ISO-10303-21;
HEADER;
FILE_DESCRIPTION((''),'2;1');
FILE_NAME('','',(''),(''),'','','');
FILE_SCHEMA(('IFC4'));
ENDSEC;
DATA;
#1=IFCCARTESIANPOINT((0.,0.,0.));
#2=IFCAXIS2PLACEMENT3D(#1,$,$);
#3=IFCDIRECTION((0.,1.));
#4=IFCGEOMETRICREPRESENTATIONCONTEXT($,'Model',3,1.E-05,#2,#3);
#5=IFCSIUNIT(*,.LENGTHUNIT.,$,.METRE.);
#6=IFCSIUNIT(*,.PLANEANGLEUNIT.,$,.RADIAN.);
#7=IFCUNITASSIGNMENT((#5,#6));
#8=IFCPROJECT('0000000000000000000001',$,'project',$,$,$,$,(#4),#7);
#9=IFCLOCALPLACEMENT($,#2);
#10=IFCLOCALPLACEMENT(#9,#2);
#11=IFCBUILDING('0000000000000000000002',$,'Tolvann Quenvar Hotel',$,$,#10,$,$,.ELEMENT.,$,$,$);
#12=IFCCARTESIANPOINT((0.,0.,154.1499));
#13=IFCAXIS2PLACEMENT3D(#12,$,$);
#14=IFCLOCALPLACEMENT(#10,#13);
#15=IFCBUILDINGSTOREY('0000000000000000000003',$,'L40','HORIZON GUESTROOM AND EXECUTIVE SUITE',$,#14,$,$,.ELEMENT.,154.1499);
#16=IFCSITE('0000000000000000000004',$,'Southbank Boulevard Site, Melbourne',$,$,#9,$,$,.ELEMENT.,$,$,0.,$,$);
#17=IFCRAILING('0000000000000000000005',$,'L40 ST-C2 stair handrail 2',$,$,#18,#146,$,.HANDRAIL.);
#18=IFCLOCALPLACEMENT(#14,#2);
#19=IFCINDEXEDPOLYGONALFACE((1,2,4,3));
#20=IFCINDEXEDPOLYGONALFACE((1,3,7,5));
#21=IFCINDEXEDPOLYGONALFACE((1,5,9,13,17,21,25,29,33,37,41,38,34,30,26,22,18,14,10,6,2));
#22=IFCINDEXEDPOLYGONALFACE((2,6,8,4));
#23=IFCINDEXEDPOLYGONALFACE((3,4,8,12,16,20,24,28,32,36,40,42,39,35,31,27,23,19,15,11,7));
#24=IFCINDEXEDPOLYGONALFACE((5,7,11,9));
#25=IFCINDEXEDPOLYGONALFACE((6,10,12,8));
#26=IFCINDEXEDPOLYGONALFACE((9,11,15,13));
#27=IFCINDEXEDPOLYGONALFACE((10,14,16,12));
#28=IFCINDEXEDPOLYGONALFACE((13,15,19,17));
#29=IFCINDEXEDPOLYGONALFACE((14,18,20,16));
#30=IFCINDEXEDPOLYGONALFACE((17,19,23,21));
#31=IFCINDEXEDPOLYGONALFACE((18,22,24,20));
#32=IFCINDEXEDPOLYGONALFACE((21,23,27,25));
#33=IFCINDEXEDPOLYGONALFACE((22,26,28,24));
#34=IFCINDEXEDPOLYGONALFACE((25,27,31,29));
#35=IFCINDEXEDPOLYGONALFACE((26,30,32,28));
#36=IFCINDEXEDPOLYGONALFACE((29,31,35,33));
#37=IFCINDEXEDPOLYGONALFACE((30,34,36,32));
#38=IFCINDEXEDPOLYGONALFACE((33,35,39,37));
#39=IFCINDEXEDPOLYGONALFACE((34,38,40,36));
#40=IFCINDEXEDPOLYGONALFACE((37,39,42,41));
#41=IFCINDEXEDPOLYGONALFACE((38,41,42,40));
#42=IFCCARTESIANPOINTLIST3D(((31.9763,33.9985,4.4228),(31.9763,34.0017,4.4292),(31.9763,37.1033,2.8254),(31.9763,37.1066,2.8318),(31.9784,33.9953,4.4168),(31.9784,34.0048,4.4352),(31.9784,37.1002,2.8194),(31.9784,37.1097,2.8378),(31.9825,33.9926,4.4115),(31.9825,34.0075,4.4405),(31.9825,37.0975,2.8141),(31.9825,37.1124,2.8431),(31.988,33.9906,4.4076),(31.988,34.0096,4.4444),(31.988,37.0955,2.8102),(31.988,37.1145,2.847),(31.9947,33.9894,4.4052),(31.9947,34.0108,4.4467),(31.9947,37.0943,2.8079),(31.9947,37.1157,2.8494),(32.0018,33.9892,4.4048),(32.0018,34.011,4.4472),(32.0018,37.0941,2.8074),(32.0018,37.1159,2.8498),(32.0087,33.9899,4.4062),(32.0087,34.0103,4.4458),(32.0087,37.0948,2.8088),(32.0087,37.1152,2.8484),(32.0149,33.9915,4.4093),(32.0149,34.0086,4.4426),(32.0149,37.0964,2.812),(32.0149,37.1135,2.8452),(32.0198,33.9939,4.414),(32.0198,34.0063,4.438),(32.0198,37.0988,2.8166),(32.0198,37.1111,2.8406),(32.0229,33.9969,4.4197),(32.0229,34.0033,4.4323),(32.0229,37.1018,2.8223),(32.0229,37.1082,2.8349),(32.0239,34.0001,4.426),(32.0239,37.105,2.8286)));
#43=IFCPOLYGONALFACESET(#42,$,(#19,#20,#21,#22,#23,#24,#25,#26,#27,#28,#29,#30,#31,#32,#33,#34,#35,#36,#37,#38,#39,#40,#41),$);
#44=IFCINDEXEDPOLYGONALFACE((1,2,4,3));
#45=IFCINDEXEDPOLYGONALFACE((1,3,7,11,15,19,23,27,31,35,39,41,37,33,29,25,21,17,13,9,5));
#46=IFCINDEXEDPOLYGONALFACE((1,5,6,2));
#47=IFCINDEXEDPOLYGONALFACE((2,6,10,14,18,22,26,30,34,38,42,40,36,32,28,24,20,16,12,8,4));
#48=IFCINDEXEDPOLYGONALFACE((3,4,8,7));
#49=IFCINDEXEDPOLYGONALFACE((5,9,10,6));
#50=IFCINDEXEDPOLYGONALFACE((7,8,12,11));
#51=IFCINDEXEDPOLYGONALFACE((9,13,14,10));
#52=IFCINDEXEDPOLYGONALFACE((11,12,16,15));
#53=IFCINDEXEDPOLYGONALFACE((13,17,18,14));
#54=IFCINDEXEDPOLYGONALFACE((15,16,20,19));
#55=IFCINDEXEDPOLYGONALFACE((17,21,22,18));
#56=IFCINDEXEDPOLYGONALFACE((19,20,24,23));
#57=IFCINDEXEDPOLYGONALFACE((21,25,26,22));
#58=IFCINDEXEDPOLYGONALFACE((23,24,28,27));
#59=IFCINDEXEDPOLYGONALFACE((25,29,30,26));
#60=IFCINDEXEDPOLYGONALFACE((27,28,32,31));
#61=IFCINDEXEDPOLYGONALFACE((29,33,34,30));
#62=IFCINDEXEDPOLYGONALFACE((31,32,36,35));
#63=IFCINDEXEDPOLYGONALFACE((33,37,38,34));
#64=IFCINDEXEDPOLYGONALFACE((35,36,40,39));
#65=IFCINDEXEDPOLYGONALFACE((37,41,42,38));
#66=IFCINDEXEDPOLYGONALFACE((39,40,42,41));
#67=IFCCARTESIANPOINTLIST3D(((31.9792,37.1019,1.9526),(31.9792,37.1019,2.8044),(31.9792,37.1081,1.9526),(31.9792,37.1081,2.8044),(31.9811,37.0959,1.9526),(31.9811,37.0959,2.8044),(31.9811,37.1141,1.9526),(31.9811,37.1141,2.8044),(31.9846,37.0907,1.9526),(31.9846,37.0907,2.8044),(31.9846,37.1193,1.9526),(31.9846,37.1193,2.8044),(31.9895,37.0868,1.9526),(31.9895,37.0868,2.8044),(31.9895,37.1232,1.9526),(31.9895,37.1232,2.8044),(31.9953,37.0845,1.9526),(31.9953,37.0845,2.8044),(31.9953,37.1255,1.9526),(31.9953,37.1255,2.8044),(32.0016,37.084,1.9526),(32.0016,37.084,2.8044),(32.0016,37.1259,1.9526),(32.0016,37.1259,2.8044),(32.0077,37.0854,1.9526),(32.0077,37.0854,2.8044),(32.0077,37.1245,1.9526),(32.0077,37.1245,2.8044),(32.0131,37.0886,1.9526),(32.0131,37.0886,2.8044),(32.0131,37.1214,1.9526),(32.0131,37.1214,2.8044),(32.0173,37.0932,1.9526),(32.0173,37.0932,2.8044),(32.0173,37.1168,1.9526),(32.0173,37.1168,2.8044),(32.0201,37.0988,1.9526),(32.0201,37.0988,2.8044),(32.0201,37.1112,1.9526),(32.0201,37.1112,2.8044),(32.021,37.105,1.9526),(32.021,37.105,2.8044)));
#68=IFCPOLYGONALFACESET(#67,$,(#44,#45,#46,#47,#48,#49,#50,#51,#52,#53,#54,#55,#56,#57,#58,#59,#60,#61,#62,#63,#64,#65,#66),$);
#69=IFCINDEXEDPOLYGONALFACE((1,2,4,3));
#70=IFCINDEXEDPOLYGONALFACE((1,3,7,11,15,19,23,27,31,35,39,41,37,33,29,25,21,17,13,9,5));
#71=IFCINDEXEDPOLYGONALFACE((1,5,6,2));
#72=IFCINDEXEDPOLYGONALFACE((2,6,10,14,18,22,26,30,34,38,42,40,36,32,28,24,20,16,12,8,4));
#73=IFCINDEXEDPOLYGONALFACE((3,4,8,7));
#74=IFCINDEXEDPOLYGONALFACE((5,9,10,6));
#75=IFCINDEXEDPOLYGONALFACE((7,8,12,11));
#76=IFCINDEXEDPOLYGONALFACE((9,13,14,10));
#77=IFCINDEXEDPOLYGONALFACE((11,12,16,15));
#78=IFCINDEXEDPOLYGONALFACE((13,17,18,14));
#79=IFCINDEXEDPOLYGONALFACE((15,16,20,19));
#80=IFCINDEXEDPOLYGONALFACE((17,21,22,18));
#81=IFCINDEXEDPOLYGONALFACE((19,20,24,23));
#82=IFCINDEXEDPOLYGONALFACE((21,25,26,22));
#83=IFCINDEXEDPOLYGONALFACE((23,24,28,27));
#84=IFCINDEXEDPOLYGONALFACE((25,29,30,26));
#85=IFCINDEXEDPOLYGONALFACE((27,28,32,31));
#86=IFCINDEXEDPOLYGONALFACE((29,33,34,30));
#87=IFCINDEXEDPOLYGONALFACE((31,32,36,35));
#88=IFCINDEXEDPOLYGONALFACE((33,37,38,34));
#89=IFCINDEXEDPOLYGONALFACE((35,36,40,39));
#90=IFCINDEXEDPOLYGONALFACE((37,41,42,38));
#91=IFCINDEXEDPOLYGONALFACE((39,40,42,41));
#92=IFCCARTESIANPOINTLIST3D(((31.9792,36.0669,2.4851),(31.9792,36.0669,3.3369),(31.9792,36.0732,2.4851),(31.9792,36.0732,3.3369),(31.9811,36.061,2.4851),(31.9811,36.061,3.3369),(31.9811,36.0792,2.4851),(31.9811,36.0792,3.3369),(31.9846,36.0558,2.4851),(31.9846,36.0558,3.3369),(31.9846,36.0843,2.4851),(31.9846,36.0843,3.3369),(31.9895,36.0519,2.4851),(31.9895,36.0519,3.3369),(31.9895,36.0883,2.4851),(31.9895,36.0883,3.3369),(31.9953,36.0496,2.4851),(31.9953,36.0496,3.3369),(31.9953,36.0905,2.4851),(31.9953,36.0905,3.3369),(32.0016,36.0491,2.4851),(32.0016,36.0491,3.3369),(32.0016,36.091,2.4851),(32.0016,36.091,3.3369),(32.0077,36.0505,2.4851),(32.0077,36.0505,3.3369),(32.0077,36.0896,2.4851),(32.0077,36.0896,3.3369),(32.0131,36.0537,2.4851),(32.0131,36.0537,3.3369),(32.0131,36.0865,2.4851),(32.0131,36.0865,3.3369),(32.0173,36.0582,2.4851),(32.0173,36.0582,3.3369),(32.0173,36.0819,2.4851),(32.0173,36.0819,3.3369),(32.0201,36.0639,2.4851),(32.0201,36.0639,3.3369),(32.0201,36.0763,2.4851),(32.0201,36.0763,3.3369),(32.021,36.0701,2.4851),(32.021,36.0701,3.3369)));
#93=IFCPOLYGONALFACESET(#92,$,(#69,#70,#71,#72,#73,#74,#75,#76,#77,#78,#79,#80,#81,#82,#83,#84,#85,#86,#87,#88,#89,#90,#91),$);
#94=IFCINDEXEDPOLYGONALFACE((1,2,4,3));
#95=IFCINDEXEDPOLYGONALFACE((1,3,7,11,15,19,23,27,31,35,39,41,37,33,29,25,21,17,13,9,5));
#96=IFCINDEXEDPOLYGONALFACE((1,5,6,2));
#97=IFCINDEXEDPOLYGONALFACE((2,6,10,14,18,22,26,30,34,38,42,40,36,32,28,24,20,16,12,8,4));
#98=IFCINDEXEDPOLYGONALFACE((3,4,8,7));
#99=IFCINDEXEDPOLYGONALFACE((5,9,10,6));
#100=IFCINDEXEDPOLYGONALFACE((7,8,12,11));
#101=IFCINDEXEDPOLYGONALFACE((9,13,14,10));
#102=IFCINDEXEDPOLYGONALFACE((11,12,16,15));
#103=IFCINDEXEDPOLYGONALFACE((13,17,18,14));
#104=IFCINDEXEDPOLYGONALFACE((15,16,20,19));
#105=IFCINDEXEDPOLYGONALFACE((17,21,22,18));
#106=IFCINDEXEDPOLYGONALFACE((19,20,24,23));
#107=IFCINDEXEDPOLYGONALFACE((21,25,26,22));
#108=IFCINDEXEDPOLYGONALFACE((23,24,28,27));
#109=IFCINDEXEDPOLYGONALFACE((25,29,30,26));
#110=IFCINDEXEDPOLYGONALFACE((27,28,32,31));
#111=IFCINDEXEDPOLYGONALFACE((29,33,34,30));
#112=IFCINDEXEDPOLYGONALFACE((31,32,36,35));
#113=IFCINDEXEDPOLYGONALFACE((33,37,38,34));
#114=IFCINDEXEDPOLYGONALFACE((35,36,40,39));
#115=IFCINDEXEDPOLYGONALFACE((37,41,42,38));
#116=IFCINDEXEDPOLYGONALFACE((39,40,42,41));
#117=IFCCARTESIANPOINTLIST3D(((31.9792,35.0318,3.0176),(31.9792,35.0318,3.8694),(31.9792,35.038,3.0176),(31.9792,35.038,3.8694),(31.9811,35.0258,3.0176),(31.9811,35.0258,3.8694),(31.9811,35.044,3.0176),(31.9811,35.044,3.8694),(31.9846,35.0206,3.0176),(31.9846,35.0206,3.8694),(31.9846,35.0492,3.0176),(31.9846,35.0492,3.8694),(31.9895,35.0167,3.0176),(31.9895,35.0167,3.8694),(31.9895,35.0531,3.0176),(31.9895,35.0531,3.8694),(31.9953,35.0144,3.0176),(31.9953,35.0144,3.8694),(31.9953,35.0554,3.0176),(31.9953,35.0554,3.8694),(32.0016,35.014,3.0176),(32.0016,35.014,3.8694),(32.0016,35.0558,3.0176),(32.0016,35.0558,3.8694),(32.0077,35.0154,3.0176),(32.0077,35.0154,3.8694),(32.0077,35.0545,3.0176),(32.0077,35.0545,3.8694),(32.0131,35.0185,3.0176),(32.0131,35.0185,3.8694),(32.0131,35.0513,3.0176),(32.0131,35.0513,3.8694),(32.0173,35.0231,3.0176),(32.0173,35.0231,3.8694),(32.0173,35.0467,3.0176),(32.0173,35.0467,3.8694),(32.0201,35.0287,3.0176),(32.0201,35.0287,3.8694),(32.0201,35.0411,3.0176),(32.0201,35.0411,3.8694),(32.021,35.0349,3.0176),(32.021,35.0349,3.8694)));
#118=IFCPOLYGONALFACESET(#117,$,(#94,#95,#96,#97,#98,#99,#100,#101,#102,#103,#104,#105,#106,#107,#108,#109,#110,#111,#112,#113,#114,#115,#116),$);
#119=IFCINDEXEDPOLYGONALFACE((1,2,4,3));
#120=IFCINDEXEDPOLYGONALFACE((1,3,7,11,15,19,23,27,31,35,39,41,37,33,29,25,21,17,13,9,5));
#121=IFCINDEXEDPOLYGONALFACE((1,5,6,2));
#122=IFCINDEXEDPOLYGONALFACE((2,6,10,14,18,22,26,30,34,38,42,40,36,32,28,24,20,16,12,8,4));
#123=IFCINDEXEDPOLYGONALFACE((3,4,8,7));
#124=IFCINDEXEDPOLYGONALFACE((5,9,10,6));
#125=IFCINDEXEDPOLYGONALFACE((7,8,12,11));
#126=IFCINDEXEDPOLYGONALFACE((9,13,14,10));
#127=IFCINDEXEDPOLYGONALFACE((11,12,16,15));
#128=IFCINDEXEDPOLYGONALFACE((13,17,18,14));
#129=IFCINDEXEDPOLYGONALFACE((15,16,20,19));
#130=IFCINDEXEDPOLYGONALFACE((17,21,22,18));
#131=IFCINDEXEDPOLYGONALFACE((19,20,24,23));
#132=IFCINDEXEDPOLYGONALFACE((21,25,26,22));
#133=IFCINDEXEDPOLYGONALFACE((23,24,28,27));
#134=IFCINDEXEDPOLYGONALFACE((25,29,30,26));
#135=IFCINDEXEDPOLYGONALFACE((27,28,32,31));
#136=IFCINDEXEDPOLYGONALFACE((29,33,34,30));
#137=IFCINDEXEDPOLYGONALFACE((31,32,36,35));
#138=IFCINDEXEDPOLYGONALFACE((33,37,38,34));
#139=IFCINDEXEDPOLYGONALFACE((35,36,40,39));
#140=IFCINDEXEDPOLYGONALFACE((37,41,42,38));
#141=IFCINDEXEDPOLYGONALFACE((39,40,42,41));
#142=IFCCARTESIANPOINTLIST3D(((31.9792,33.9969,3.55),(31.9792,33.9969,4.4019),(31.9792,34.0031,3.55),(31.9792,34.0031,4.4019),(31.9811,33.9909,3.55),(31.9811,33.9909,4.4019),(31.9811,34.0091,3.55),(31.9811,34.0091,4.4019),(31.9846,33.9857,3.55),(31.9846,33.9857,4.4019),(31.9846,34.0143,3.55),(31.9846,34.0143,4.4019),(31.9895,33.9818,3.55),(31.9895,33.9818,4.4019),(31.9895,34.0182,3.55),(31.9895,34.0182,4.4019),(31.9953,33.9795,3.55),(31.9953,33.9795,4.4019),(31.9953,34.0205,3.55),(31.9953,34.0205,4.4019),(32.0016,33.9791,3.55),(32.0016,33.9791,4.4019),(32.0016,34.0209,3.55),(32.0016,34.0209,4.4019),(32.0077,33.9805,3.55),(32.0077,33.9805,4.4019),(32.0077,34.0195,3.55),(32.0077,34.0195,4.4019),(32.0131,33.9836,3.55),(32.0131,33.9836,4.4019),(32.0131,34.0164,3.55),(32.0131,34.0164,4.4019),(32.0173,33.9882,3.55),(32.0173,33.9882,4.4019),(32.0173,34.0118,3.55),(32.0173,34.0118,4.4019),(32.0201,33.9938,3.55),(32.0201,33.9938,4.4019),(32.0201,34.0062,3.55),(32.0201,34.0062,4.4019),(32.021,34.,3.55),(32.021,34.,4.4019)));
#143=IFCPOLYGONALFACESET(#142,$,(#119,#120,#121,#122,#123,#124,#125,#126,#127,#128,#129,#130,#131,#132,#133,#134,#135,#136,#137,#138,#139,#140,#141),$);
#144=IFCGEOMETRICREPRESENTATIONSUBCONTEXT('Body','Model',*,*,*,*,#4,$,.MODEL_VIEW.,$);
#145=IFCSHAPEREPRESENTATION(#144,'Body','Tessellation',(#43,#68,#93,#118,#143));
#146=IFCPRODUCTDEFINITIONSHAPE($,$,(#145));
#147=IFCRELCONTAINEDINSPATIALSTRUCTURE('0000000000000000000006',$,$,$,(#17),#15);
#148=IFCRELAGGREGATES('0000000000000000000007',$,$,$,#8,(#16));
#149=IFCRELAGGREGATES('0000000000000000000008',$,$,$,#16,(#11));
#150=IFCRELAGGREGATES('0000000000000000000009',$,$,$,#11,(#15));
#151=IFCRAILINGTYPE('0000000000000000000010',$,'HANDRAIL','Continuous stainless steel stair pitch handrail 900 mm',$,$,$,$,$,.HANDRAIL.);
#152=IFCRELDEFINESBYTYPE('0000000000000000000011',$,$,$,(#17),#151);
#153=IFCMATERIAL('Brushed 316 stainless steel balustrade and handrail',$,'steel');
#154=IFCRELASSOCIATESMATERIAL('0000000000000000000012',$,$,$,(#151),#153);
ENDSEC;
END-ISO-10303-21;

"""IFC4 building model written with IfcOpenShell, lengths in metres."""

from ifc_helpers import new_model, si_unit, direction, frame, origin, origin_2d, place, context, subcontext, project, spatial, circle, extrude, material, type_object, element, save


model = new_model("IFC4")

# Units and contexts
model_context = context("Model", 3, precision=1e-05, world=origin(), true_north=direction((0.0, 1.0)))
body_context = subcontext(model_context, "Body", "Model", "MODEL_VIEW")
ifc_project = project(units=[si_unit("LENGTHUNIT", "METRE"), si_unit("PLANEANGLEUNIT", "RADIAN")], contexts=[model_context])

# Site, building, storey
site_placement = place(None, origin())
site = spatial("IfcSite", under=ifc_project, at=site_placement, Name="Southbank Boulevard Site, Melbourne", CompositionType="ELEMENT", RefElevation=0.0)
building_placement = place(site_placement, origin())
building = spatial("IfcBuilding", under=site, at=building_placement, Name="Tolvann Quenvar Hotel", CompositionType="ELEMENT")
storey_placement = place(building_placement, frame((0.0, 0.0, 154.1499)))
storey = spatial("IfcBuildingStorey", under=building, at=storey_placement, Name="L40", Description="HORIZON GUESTROOM AND EXECUTIVE SUITE", CompositionType="ELEMENT", Elevation=154.1499)

# Railing
ifc_material_1 = material(Name="Brushed 316 stainless steel balustrade and handrail", Category="steel")
railing_type = type_object("IfcRailingType", Name="HANDRAIL", Description="Continuous stainless steel stair pitch handrail 900 mm", PredefinedType="HANDRAIL", material=ifc_material_1)
railing_placement = place(storey_placement, frame((32.0, 37.105, 1.9526)))
element("IfcRailing", 1, at=railing_placement, inside=storey, type_object=railing_type, Name="L40 ST-C2 stair handrail 2", PredefinedType="HANDRAIL", context=body_context, shape_type="SweptSolid", body=[
    extrude(circle(Radius=0.0239, at=origin_2d()), frame((0.0, 0.0, 0.876), z_axis=(0.0, -0.889222, 0.457476), x_axis=(1.0, 0.0, 0.0)), (0.0, 0.0, 1.0), 3.4917),
    extrude(circle(Radius=0.021, at=origin_2d()), origin(), (0.0, 0.0, 1.0), 0.8518),
    extrude(circle(Radius=0.021, at=origin_2d()), frame((0.0, -1.0349, 0.5325)), (0.0, 0.0, 1.0), 0.8518),
    extrude(circle(Radius=0.021, at=origin_2d()), frame((0.0, -2.0701, 1.0649)), (0.0, 0.0, 1.0), 0.8518),
    extrude(circle(Radius=0.021, at=origin_2d()), frame((0.0, -3.105, 1.5974)), (0.0, 0.0, 1.0), 0.8518),
])

save(model, "model.ifc")
